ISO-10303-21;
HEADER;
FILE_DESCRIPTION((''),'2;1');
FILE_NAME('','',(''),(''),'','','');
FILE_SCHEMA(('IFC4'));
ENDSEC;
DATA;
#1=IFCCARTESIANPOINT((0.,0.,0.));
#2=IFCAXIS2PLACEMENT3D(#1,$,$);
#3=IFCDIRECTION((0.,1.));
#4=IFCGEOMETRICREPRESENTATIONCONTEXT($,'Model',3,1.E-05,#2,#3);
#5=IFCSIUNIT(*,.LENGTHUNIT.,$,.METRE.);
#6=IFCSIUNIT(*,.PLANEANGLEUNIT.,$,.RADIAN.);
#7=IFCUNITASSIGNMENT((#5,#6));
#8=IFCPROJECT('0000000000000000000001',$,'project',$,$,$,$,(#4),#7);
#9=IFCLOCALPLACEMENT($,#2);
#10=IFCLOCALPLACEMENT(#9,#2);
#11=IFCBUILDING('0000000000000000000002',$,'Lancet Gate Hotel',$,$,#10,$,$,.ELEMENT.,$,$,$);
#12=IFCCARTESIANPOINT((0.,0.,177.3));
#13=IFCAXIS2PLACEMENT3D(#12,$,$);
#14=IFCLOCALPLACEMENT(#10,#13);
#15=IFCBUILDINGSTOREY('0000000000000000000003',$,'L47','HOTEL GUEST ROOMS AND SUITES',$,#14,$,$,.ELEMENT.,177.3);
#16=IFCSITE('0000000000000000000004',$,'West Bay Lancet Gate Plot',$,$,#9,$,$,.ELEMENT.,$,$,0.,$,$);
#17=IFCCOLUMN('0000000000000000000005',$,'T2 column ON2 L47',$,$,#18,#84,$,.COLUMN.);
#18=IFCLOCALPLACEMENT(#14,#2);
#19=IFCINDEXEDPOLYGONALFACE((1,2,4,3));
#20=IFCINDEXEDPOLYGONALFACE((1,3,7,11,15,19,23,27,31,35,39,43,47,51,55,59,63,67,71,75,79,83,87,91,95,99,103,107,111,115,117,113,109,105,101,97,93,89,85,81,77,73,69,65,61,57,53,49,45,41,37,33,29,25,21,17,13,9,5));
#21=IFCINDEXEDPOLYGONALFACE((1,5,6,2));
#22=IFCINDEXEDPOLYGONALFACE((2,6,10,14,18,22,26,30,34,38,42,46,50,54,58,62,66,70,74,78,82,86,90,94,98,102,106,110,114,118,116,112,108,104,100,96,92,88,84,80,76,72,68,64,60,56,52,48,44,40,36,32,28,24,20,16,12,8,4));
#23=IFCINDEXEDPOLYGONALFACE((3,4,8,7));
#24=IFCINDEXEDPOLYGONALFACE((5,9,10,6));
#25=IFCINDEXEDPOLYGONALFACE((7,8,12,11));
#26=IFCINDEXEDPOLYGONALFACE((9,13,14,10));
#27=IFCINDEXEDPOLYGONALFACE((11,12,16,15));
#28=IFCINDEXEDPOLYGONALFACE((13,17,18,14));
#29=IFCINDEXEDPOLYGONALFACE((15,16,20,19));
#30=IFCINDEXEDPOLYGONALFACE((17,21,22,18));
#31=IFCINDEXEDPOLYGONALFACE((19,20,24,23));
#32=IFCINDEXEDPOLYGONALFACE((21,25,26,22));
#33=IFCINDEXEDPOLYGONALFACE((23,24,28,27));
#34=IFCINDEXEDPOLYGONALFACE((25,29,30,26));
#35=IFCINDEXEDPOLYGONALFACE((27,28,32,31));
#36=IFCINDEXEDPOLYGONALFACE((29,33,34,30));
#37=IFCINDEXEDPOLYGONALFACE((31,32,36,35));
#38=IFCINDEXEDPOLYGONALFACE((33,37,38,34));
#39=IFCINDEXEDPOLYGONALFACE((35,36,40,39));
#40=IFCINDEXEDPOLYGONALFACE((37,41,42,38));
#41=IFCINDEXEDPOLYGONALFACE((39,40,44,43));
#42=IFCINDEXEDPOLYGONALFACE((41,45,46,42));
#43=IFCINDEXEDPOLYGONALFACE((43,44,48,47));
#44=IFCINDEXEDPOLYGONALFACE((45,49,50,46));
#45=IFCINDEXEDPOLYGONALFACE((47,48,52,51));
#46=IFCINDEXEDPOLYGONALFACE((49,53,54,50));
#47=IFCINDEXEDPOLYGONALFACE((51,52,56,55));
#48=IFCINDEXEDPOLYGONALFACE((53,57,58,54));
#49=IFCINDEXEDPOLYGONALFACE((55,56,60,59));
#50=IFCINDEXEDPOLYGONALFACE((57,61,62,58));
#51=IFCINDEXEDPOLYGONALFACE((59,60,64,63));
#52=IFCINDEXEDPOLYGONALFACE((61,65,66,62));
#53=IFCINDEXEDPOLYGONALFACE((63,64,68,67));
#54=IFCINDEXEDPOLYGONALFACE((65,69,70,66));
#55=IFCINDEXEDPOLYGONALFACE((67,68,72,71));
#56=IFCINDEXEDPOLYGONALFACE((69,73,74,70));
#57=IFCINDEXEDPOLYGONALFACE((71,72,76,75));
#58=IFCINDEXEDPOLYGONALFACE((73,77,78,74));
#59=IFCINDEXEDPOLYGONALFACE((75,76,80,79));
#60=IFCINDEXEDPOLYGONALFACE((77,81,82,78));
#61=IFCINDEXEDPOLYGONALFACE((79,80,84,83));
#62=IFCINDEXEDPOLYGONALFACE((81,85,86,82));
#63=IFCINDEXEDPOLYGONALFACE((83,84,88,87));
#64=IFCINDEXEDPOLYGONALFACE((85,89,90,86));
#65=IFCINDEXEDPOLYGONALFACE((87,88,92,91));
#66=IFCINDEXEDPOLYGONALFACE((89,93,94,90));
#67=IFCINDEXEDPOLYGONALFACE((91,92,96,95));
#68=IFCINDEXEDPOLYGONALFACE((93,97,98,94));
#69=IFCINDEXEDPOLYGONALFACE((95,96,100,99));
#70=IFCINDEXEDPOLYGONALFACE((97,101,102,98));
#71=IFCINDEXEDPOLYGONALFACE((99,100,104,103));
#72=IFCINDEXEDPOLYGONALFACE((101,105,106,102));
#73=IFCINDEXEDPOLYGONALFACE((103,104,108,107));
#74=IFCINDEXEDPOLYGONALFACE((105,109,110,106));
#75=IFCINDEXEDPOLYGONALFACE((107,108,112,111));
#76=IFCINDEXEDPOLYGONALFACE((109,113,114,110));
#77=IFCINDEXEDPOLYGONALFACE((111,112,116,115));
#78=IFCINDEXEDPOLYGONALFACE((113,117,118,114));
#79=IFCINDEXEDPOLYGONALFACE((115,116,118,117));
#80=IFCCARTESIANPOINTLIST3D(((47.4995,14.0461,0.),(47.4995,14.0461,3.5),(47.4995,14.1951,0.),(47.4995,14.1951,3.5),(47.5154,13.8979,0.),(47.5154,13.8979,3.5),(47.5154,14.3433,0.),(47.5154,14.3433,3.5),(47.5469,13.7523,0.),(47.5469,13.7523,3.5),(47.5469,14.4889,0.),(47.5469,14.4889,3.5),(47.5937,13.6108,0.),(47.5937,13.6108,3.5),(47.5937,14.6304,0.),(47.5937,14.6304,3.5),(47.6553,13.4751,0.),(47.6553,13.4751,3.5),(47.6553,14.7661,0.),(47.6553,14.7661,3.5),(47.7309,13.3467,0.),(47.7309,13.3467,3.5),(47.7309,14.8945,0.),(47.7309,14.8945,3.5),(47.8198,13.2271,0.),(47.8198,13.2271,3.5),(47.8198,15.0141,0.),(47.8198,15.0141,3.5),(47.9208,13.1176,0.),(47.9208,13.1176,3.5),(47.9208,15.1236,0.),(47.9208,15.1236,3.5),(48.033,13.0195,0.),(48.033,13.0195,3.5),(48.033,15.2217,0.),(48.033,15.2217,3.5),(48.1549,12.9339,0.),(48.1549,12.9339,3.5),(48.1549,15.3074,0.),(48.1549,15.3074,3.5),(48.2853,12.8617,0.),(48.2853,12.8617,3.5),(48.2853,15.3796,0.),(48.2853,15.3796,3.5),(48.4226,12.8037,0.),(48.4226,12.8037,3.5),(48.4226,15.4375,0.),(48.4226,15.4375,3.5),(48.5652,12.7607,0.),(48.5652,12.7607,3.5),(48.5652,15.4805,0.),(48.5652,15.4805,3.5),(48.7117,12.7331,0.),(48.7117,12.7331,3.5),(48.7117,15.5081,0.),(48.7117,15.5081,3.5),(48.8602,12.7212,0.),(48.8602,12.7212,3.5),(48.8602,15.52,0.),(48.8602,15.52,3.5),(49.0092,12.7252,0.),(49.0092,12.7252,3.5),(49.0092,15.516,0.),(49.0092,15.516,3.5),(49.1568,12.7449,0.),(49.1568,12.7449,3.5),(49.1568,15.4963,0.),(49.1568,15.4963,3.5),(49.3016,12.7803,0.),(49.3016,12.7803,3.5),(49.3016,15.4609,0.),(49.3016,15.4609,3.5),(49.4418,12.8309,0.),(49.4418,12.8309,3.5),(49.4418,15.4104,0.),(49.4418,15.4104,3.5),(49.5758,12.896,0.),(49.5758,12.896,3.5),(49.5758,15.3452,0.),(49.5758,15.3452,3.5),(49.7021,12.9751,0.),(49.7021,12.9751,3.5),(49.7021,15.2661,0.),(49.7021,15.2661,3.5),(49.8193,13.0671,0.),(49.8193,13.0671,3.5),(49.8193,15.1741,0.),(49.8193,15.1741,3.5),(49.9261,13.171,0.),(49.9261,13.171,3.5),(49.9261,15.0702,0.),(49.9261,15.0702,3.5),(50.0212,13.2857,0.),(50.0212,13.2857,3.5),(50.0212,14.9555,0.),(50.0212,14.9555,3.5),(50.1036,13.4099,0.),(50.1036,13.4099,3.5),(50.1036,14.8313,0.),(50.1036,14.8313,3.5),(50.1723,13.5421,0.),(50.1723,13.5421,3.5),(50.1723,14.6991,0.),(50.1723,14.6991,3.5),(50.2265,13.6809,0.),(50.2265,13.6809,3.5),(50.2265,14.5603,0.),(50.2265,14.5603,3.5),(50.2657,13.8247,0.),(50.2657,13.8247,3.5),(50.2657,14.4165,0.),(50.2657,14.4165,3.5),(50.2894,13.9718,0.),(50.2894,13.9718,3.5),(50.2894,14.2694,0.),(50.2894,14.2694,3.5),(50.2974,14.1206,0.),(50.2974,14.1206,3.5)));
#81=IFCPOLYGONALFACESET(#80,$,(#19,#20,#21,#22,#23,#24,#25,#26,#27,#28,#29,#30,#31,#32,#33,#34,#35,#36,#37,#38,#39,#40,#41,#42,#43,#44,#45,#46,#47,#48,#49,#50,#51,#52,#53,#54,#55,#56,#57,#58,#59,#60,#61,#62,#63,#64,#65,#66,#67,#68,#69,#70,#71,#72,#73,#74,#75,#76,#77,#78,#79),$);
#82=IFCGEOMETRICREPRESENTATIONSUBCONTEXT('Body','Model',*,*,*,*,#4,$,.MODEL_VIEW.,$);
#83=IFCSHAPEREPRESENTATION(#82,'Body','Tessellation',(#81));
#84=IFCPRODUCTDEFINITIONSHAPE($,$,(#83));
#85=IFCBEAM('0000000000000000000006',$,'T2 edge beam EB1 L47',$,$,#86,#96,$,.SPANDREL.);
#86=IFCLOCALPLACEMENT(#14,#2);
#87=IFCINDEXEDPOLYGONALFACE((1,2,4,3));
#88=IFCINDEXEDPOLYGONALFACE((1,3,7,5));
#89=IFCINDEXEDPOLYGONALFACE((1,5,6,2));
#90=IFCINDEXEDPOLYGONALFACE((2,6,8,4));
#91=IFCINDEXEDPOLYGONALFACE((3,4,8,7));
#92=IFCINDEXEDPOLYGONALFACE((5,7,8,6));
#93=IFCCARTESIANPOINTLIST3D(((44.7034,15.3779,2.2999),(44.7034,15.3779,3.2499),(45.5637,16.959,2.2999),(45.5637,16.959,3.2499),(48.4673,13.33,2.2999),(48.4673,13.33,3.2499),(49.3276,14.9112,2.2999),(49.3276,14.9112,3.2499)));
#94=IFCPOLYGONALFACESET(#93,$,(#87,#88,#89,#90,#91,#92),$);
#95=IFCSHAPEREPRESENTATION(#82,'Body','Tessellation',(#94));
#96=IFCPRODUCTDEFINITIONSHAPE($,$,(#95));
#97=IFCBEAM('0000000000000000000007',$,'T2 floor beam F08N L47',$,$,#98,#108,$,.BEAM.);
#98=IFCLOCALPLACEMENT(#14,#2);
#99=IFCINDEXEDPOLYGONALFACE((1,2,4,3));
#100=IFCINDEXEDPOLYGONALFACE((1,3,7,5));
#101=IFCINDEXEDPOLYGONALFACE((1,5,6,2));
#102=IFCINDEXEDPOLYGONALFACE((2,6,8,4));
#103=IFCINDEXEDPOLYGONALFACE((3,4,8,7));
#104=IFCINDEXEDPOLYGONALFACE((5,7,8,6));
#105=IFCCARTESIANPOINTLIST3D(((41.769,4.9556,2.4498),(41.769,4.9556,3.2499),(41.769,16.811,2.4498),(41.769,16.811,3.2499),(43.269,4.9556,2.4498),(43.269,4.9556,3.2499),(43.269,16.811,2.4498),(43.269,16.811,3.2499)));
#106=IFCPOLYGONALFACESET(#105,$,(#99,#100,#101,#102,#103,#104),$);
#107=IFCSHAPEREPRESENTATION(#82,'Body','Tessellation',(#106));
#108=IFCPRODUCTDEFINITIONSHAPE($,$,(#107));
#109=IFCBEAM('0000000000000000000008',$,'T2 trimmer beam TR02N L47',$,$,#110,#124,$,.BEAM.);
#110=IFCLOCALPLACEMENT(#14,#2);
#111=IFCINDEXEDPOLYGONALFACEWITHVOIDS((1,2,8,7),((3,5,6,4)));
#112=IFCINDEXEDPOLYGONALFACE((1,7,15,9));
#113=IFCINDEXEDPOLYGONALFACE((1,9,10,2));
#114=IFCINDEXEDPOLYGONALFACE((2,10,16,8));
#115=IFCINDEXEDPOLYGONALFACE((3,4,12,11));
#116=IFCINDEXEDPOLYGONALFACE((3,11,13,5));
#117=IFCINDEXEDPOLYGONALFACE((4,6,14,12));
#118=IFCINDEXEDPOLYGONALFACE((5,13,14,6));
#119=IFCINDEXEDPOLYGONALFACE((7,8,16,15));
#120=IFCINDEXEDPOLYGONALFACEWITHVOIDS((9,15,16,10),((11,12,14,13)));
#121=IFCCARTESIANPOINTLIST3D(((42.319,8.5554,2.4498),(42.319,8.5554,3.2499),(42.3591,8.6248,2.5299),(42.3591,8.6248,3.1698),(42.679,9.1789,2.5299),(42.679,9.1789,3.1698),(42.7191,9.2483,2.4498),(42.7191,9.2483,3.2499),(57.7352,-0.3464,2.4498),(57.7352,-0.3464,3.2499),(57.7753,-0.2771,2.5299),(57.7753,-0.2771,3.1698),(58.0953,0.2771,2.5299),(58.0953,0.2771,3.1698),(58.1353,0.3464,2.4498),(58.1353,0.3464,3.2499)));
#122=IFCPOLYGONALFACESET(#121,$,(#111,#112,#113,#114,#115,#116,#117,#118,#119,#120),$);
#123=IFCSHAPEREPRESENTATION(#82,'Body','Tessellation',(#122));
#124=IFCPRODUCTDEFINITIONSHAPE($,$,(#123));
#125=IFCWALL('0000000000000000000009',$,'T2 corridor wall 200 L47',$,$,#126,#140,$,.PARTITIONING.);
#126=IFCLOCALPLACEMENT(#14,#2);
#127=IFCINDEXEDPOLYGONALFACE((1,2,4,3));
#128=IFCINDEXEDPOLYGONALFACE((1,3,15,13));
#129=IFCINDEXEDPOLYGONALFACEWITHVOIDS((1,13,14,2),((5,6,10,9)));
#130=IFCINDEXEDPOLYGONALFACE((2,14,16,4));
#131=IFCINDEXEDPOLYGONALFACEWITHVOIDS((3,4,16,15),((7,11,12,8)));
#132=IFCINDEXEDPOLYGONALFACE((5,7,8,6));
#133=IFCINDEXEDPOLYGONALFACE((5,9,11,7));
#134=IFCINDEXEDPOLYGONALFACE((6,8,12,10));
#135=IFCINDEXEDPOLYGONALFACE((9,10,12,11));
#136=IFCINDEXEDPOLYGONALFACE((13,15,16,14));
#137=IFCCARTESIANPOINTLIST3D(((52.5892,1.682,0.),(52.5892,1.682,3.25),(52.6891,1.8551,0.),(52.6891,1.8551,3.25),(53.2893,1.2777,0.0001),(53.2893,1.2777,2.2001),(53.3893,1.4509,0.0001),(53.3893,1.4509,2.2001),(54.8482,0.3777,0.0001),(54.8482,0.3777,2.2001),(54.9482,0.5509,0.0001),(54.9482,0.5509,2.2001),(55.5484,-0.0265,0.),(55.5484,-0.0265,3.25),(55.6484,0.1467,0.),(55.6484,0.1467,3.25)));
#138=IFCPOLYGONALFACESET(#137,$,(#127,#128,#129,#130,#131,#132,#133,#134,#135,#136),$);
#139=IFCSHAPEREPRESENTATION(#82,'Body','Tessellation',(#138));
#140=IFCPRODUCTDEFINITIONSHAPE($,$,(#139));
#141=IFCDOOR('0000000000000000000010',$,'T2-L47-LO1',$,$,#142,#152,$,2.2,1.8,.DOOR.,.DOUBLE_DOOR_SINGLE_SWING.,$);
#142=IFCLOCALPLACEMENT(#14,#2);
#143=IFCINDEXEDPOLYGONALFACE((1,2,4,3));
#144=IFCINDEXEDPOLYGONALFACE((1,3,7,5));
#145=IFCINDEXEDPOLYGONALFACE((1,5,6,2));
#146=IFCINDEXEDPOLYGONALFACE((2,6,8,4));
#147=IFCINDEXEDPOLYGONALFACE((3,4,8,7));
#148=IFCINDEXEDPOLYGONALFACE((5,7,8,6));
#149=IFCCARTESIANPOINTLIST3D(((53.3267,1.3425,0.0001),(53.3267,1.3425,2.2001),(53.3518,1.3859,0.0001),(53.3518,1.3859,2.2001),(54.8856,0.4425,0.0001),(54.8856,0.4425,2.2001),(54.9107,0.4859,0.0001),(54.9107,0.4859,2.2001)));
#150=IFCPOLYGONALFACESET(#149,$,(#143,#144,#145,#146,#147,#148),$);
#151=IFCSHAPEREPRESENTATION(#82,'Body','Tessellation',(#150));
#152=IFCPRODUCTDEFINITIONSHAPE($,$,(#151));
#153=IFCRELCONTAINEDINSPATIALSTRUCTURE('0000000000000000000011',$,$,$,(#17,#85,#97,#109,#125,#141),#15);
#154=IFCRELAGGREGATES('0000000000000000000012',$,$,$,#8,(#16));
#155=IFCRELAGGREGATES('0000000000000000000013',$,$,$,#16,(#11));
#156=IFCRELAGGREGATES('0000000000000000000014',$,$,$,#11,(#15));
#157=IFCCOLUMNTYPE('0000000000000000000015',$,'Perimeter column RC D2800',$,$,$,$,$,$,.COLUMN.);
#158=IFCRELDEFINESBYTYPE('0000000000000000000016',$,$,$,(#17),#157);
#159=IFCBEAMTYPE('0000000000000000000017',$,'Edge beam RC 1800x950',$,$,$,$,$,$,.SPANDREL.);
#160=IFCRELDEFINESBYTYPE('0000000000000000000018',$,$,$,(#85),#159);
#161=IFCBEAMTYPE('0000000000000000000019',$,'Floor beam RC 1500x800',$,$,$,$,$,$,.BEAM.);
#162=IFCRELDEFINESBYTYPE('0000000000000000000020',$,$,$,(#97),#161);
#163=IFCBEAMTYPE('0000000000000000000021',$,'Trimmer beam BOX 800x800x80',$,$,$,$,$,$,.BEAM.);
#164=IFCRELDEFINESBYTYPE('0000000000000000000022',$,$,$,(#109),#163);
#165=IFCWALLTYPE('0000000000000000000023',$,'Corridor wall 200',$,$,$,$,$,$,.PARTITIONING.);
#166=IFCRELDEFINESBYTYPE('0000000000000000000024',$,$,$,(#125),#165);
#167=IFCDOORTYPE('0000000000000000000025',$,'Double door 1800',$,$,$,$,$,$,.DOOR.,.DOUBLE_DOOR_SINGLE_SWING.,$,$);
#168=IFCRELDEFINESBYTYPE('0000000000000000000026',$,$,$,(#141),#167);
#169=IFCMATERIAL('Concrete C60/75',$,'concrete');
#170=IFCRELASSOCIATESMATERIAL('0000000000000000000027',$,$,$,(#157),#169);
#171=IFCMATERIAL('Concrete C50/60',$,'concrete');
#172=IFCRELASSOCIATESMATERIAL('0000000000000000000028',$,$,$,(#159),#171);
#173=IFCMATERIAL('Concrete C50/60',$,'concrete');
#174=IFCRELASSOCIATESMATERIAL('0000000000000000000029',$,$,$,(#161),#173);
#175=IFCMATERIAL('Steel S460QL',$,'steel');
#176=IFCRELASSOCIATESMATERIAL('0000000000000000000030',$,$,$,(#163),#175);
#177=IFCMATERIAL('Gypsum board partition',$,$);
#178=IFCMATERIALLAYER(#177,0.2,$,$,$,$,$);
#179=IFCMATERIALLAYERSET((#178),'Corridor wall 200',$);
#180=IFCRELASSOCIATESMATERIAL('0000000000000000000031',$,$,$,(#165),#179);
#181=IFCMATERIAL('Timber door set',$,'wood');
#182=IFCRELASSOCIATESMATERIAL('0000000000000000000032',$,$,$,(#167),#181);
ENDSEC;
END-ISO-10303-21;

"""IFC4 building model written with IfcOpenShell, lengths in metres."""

from ifc_helpers import new_model, si_unit, direction, frame, frame_2d, origin, origin_2d, place, context, subcontext, project, spatial, rectangle, hollow_rectangle, circle, extrude, material, layer, layer_set, material_profile, profile_set, type_object, element, fill, save


model = new_model("IFC4")

# Units and contexts
model_context = context("Model", 3, precision=1e-05, world=origin(), true_north=direction((0.0, 1.0)))
body_context = subcontext(model_context, "Body", "Model", "MODEL_VIEW")
ifc_project = project(units=[si_unit("LENGTHUNIT", "METRE"), si_unit("PLANEANGLEUNIT", "RADIAN")], contexts=[model_context])

# Site, building, storey
site_placement = place(None, origin())
site = spatial("IfcSite", under=ifc_project, at=site_placement, Name="West Bay Lancet Gate Plot", CompositionType="ELEMENT", RefElevation=0.0)
building_placement = place(site_placement, origin())
building = spatial("IfcBuilding", under=site, at=building_placement, Name="Lancet Gate Hotel", CompositionType="ELEMENT")
storey_placement = place(building_placement, frame((0.0, 0.0, 177.3)))
storey = spatial("IfcBuildingStorey", under=building, at=storey_placement, Name="L47", Description="HOTEL GUEST ROOMS AND SUITES", CompositionType="ELEMENT", Elevation=177.3)

# Column
ifc_material_1 = material(Name="Concrete C60/75", Category="concrete")
ifc_material_profile_1 = material_profile(ifc_material_1, circle(Radius=1.3999, at=origin_2d()), Name="RC D2800")
ifc_profile_set_1 = profile_set([ifc_material_profile_1], Name="Concrete C60/75")
column_type = type_object("IfcColumnType", Name="Perimeter column RC D2800", PredefinedType="COLUMN", material=ifc_profile_set_1)
column_placement = place(storey_placement, frame((48.8975, 14.1206, 0.0), z_axis=(0.0, 0.0, 1.0), x_axis=(1.0, 0.0, 0.0)))
element("IfcColumn", 1, at=column_placement, inside=storey, type_object=column_type, Name="T2 column ON2 L47", PredefinedType="COLUMN", context=body_context, shape_type="SweptSolid", body=[
    extrude(circle(Radius=1.3999, at=origin_2d()), origin(), (0.0, 0.0, 1.0), 3.5),
])

# Beams
ifc_material_2 = material(Name="Concrete C50/60", Category="concrete")
ifc_material_profile_2 = material_profile(ifc_material_2, rectangle(XDim=1.8, YDim=0.95, at=origin_2d()), Name="RC 1800x950")
ifc_profile_set_2 = profile_set([ifc_material_profile_2], Name="Concrete C50/60")
beam_type_1 = type_object("IfcBeamType", Name="Edge beam RC 1800x950", PredefinedType="SPANDREL", material=ifc_profile_set_2)
beam_1_placement = place(storey_placement, frame((48.8975, 14.1206, 2.7749), z_axis=(-0.878405, 0.477918, 0.0), x_axis=(-0.477918, -0.878405, 0.0)))
element("IfcBeam", 2, at=beam_1_placement, inside=storey, type_object=beam_type_1, Name="T2 edge beam EB1 L47", PredefinedType="SPANDREL", context=body_context, shape_type="SweptSolid", body=[
    extrude(rectangle(XDim=1.8, YDim=0.95, at=origin_2d()), origin(), (0.0, 0.0, 1.0), 4.2849),
])
ifc_material_3 = material(Name="Concrete C50/60", Category="concrete")
ifc_material_profile_3 = material_profile(ifc_material_3, rectangle(XDim=1.5, YDim=0.8, at=origin_2d()), Name="RC 1500x800")
ifc_profile_set_3 = profile_set([ifc_material_profile_3], Name="Concrete C50/60")
beam_type_2 = type_object("IfcBeamType", Name="Floor beam RC 1500x800", PredefinedType="BEAM", material=ifc_profile_set_3)
beam_2_placement = place(storey_placement, frame((42.519, 4.9556, 2.8499), z_axis=(0.0, 1.0, 0.0), x_axis=(-1.0, 0.0, 0.0)))
element("IfcBeam", 3, at=beam_2_placement, inside=storey, type_object=beam_type_2, Name="T2 floor beam F08N L47", PredefinedType="BEAM", context=body_context, shape_type="SweptSolid", body=[
    extrude(rectangle(XDim=1.5, YDim=0.8, at=origin_2d()), origin(), (0.0, 0.0, 1.0), 11.8555),
])
ifc_material_4 = material(Name="Steel S460QL", Category="steel")
ifc_material_profile_4 = material_profile(ifc_material_4, hollow_rectangle(XDim=0.8, YDim=0.8, WallThickness=0.0801, at=origin_2d()), Name="BOX 800x800x80")
ifc_profile_set_4 = profile_set([ifc_material_profile_4], Name="Steel S460QL")
beam_type_3 = type_object("IfcBeamType", Name="Trimmer beam BOX 800x800x80", PredefinedType="BEAM", material=ifc_profile_set_4)
beam_3_placement = place(storey_placement, frame((42.519, 8.9019, 2.8499), z_axis=(0.865994, -0.500054, 0.0), x_axis=(0.500054, 0.865994, 0.0)))
element("IfcBeam", 4, at=beam_3_placement, inside=storey, type_object=beam_type_3, Name="T2 trimmer beam TR02N L47", PredefinedType="BEAM", context=body_context, shape_type="SweptSolid", body=[
    extrude(hollow_rectangle(XDim=0.8, YDim=0.8, WallThickness=0.0801, at=origin_2d()), origin(), (0.0, 0.0, 1.0), 17.8018),
])

# Wall, opening, door
ifc_material_5 = material(Name="Gypsum board partition")
ifc_layer_1 = layer(ifc_material_5, 0.2)
ifc_layer_set_1 = layer_set([ifc_layer_1], Name="Corridor wall 200")
wall_type_1 = type_object("IfcWallType", Name="Corridor wall 200", PredefinedType="PARTITIONING", material=ifc_layer_set_1)
wall_1_placement = place(storey_placement, frame((52.6392, 1.7686, 0.0), z_axis=(0.0, 0.0, 1.0), x_axis=(0.866027, -0.499997, 0.0)))
wall_1 = element("IfcWall", 5, at=wall_1_placement, inside=storey, type_object=wall_type_1, Name="T2 corridor wall 200 L47", PredefinedType="PARTITIONING", context=body_context, shape_type="SweptSolid", body=[
    extrude(rectangle(XDim=3.417, YDim=0.2, at=frame_2d((1.7085, 0.0))), origin(), (0.0, 0.0, 1.0), 3.25),
])
opening_1_placement = place(wall_1_placement, frame((0.8086, 0.0, 0.0)))
opening_1 = element("IfcOpeningElement", 6, at=opening_1_placement, cuts=wall_1, PredefinedType="OPENING", context=body_context, shape_type="SweptSolid", body=[
    extrude(rectangle(XDim=1.8, YDim=2.2, at=frame_2d((0.8999, 1.1001))), frame((0.0, 0.1099, 0.0), z_axis=(0.0, -1.0, 0.0), x_axis=(1.0, 0.0, 0.0)), (0.0, 0.0, 1.0), 0.22),
])
ifc_material_6 = material(Name="Timber door set", Category="wood")
door_type_1 = type_object("IfcDoorType", Name="Double door 1800", OperationType="DOUBLE_DOOR_SINGLE_SWING", PredefinedType="DOOR", material=ifc_material_6)
door_1_placement = place(opening_1_placement, origin())
door_1 = element("IfcDoor", 7, at=door_1_placement, inside=storey, type_object=door_type_1, Name="T2-L47-LO1", OperationType="DOUBLE_DOOR_SINGLE_SWING", OverallHeight=2.2, OverallWidth=1.8, PredefinedType="DOOR", context=body_context, shape_type="SweptSolid", body=[
    extrude(rectangle(XDim=1.8, YDim=2.2, at=frame_2d((0.8999, 1.1001))), frame((0.0, 0.0249, 0.0), z_axis=(0.0, -1.0, 0.0), x_axis=(1.0, 0.0, 0.0)), (0.0, 0.0, 1.0), 0.05),
])
fill(opening_1, door_1)

save(model, "model.ifc")
